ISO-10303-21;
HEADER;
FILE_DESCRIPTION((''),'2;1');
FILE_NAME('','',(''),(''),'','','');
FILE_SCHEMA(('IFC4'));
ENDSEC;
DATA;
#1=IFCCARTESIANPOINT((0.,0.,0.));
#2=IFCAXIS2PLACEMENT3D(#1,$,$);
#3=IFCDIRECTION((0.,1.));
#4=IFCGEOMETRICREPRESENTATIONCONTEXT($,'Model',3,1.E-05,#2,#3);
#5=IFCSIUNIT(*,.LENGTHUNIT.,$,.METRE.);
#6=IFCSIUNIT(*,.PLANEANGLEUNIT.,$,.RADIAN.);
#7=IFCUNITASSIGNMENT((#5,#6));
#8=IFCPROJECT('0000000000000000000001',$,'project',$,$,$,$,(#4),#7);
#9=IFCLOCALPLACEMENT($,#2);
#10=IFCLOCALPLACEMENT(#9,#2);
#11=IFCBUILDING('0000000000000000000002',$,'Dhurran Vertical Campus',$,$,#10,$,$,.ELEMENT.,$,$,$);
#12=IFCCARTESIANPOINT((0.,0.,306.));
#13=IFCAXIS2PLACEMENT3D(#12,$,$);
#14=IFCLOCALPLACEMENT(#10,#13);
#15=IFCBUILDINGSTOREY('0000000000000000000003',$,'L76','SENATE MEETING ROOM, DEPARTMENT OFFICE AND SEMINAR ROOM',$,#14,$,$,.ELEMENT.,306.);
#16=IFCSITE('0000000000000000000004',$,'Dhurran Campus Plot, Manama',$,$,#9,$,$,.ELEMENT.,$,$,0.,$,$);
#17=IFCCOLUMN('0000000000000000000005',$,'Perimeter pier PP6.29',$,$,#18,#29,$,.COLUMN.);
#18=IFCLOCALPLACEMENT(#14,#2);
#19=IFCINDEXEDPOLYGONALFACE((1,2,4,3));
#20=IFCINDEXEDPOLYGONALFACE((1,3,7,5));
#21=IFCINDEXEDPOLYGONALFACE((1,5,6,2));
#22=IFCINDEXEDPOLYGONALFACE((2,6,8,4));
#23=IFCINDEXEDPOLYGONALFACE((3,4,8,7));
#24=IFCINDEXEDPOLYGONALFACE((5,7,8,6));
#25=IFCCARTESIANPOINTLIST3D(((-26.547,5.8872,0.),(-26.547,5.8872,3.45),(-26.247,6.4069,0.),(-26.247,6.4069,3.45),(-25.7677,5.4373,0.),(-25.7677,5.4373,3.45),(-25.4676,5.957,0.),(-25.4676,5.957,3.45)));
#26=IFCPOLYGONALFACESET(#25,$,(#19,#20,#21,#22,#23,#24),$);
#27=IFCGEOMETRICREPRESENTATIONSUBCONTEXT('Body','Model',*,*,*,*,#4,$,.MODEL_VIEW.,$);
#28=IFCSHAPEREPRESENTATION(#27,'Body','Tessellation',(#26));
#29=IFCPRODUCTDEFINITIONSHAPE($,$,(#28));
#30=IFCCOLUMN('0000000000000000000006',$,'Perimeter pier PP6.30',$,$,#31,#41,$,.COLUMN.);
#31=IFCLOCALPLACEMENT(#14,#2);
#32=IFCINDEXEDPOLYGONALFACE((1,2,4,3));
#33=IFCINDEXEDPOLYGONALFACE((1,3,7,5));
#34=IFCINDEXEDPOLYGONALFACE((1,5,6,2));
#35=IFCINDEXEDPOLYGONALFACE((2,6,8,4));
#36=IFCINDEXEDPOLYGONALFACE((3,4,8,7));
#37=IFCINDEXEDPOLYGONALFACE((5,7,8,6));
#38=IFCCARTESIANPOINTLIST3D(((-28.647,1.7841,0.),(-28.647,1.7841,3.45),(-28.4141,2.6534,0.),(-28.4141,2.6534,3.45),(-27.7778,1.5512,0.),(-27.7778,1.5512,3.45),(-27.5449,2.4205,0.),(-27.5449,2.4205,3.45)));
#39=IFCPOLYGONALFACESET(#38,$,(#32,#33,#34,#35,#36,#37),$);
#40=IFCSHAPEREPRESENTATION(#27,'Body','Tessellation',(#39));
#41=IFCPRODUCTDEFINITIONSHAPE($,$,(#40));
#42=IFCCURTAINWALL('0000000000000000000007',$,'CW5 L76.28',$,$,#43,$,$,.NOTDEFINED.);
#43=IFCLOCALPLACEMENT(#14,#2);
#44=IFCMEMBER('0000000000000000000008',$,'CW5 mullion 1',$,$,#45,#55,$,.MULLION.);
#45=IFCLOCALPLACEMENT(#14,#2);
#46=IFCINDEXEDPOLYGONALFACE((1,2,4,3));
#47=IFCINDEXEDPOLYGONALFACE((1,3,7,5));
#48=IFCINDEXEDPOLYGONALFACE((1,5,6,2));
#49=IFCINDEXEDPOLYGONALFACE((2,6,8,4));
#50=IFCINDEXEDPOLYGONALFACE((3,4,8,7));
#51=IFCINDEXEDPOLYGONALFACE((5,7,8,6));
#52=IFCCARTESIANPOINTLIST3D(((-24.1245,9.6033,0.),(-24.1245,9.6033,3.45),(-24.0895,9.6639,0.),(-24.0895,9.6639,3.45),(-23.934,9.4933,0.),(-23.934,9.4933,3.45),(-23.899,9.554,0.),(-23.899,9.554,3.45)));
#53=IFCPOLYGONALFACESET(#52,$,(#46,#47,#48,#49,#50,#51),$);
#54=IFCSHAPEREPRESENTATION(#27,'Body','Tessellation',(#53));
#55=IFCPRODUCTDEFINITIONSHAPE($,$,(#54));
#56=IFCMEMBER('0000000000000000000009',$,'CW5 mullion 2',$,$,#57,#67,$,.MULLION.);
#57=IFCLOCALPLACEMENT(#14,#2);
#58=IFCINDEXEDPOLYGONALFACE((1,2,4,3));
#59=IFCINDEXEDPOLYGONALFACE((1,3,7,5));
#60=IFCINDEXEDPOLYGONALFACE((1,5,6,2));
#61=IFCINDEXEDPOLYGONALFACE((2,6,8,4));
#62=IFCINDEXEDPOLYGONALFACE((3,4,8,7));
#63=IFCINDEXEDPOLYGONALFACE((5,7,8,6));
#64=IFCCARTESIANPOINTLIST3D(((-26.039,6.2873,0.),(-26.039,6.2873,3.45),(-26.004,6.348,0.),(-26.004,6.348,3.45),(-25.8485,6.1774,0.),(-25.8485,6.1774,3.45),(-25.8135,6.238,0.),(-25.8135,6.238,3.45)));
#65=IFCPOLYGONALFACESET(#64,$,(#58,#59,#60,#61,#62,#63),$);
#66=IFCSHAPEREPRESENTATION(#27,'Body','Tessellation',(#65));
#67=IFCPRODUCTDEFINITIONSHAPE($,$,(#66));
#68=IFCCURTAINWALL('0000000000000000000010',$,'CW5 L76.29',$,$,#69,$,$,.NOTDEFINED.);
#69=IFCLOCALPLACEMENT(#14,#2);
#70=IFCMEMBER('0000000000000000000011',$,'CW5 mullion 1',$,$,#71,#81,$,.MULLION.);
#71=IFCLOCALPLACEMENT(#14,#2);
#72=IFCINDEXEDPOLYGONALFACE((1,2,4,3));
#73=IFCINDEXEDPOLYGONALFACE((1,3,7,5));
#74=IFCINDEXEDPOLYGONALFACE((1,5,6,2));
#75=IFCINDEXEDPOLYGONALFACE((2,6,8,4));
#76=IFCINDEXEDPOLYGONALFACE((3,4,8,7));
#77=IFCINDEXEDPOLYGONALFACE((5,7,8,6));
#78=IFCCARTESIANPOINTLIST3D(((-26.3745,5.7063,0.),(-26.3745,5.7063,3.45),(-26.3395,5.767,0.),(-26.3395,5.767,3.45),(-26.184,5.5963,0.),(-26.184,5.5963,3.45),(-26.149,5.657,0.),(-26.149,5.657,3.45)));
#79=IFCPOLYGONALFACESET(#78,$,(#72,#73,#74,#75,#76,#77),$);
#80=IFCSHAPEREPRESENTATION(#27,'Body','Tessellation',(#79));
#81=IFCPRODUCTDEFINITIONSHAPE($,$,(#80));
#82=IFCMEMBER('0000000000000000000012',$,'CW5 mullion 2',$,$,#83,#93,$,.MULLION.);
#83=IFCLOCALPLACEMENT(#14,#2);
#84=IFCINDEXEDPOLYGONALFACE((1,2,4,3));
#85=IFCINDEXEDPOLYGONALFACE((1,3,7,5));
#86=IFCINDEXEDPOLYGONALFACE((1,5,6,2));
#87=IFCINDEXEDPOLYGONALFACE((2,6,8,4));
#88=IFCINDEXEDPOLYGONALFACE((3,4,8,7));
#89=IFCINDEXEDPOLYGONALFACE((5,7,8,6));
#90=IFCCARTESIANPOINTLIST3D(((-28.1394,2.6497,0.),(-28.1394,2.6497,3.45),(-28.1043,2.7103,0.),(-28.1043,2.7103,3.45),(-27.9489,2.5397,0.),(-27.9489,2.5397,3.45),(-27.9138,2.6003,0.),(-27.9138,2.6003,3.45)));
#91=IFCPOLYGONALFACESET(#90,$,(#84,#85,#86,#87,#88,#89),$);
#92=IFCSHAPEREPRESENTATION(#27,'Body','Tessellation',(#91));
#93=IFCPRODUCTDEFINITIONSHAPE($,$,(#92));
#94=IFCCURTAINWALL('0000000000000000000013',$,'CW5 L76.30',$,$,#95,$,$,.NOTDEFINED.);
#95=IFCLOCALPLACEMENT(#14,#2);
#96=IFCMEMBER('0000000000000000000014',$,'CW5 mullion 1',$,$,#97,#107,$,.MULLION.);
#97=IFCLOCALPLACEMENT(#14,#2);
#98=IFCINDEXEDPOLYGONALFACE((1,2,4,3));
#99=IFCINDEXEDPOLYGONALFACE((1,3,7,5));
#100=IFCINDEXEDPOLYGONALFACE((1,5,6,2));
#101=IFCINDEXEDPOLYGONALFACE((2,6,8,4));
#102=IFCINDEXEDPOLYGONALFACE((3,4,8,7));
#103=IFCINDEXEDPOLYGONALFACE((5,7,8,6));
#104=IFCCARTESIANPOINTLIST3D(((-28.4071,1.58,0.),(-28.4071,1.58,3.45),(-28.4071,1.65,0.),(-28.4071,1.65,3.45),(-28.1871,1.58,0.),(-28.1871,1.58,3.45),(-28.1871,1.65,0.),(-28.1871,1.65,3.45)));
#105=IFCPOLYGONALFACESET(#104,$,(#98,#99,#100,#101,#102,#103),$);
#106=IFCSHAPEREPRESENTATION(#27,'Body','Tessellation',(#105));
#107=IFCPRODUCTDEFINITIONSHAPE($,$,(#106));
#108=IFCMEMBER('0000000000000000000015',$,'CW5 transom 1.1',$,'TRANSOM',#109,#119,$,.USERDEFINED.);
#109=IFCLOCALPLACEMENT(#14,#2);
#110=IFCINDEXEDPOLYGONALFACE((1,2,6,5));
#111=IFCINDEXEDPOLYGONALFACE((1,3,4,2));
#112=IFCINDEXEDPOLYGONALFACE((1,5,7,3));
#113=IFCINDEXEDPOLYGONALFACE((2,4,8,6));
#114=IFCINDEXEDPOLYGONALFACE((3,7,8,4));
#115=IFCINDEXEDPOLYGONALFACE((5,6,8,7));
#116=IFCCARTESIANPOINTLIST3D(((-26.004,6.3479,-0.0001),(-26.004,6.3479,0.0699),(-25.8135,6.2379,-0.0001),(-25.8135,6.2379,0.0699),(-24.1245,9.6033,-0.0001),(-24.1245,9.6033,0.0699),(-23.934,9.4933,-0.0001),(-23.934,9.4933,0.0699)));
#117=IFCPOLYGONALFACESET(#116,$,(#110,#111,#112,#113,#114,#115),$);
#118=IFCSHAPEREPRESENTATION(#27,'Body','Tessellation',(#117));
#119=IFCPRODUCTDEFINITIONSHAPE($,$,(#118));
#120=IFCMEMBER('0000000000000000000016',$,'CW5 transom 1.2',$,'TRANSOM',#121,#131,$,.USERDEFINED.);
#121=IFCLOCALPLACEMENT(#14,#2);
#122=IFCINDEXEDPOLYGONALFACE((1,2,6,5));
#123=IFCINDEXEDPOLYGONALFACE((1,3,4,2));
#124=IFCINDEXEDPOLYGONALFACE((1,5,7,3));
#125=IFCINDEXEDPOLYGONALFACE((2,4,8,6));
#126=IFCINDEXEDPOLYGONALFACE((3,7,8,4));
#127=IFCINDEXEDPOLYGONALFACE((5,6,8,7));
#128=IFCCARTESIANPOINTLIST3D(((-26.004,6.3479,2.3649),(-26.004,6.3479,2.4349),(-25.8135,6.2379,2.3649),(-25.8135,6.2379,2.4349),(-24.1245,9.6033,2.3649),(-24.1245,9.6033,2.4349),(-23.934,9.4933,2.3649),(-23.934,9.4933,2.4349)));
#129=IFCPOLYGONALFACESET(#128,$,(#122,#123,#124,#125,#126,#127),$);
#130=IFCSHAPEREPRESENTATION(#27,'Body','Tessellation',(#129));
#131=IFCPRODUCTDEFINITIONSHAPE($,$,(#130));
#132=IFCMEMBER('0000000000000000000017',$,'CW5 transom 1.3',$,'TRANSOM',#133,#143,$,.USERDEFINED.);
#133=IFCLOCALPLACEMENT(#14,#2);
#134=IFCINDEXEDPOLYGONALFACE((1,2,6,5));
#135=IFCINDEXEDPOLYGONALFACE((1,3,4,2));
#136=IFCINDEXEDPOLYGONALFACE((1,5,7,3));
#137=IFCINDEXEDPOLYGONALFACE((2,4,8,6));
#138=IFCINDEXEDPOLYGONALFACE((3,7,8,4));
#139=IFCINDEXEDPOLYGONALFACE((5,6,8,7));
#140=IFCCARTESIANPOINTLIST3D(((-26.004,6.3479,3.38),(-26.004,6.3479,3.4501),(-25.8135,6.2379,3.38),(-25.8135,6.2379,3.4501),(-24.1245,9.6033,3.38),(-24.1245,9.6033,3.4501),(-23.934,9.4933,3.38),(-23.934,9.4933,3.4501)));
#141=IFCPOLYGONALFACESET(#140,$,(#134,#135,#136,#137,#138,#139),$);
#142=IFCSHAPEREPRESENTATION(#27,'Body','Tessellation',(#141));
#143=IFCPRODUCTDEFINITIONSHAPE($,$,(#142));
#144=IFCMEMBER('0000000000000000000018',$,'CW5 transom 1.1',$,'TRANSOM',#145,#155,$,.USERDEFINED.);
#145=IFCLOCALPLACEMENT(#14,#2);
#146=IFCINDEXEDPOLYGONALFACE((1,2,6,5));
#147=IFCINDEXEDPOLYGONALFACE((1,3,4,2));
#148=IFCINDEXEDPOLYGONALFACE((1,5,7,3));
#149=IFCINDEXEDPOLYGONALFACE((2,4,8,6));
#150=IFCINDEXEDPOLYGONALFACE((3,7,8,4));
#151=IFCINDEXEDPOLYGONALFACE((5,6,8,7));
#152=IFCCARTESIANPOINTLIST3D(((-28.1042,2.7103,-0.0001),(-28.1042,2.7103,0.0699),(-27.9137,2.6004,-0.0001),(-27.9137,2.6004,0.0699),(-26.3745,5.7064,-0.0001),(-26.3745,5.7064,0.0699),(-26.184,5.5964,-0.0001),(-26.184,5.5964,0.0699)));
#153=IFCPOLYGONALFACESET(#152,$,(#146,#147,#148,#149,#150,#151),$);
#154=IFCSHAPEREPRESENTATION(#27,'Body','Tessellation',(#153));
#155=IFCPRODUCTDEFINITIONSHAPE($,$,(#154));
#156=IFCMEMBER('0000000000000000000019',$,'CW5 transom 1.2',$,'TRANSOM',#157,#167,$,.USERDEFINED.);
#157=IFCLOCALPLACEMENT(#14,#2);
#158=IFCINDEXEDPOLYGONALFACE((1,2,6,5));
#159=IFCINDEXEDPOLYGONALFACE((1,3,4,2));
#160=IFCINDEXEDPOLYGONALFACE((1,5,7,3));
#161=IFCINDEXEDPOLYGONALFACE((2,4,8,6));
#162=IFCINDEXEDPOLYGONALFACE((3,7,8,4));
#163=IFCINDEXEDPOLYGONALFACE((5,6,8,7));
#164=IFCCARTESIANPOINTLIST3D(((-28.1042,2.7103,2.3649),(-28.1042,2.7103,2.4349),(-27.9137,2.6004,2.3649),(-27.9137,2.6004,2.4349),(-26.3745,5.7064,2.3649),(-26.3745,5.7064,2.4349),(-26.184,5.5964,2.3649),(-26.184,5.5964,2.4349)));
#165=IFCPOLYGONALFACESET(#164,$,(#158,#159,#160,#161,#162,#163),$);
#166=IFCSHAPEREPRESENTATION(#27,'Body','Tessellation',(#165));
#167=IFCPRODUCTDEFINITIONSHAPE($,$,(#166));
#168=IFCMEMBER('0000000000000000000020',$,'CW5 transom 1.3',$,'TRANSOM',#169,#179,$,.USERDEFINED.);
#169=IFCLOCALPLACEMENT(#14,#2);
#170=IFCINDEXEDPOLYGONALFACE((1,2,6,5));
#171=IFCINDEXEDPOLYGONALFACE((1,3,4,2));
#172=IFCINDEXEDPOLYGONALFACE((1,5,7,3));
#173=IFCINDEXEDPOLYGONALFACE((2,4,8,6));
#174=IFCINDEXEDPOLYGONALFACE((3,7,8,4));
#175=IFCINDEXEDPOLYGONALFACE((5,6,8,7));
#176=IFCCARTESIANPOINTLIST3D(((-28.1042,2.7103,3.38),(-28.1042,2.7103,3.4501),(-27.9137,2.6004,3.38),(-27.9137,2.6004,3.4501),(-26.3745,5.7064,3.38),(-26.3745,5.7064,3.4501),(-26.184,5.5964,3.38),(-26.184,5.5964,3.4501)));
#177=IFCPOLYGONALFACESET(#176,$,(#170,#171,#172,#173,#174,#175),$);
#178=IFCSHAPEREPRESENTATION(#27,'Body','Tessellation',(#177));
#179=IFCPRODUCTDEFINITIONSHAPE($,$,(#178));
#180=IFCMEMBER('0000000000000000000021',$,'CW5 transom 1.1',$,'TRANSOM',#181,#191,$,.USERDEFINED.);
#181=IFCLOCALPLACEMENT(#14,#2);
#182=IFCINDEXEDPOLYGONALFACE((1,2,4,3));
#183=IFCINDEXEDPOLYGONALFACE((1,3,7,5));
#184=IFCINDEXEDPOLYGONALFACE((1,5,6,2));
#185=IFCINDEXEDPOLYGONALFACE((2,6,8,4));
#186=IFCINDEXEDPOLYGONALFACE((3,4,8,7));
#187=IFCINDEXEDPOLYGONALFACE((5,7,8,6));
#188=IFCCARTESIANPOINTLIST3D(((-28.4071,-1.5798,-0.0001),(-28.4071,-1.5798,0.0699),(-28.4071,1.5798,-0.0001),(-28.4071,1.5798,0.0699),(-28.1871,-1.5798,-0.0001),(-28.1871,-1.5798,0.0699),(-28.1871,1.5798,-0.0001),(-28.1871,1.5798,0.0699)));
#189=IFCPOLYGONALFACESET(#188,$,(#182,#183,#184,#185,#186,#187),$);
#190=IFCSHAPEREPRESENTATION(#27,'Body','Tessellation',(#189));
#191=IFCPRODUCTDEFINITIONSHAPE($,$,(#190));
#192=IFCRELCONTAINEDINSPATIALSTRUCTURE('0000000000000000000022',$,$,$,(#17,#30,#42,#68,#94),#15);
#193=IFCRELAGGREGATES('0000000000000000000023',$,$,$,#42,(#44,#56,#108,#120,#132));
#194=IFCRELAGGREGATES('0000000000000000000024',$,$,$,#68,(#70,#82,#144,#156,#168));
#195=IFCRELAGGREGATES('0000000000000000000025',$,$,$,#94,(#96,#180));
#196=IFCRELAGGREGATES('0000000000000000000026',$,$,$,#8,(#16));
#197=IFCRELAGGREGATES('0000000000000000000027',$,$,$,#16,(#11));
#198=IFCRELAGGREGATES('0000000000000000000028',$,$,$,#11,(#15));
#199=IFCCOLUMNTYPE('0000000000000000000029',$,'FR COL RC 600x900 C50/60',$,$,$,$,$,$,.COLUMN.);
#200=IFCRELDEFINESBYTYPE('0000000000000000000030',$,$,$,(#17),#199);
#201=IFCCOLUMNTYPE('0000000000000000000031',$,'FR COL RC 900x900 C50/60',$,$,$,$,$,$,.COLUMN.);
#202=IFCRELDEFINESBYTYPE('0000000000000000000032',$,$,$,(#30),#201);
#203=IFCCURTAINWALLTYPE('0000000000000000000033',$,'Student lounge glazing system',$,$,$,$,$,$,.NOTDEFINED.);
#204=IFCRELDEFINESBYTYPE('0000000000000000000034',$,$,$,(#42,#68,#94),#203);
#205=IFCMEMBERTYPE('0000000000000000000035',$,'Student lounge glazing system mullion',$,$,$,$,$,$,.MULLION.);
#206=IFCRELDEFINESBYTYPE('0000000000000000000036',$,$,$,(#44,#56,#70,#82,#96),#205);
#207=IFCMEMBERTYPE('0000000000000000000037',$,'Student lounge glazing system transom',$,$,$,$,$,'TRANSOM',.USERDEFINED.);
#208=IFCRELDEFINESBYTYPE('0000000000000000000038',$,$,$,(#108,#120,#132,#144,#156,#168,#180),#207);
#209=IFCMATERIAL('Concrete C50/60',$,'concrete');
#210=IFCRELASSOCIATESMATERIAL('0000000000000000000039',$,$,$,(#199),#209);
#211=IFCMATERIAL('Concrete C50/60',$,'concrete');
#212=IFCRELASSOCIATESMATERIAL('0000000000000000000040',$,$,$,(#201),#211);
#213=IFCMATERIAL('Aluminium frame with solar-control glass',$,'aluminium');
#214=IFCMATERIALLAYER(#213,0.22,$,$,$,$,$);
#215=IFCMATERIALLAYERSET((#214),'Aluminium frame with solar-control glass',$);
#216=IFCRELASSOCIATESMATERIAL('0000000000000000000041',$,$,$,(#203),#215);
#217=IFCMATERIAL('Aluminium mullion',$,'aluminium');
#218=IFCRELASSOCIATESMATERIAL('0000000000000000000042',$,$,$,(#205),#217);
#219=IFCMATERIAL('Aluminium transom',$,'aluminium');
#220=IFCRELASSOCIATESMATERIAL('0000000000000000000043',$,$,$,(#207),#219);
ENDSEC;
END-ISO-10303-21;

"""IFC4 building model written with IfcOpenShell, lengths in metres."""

from ifc_helpers import new_model, si_unit, direction, frame, origin, origin_2d, place, context, subcontext, project, spatial, rectangle, extrude, material, layer, layer_set, material_profile, profile_set, type_object, element, aggregate, save


model = new_model("IFC4")

# Units and contexts
model_context = context("Model", 3, precision=1e-05, world=origin(), true_north=direction((0.0, 1.0)))
body_context = subcontext(model_context, "Body", "Model", "MODEL_VIEW")
ifc_project = project(units=[si_unit("LENGTHUNIT", "METRE"), si_unit("PLANEANGLEUNIT", "RADIAN")], contexts=[model_context])

# Site, building, storey
site_placement = place(None, origin())
site = spatial("IfcSite", under=ifc_project, at=site_placement, Name="Dhurran Campus Plot, Manama", CompositionType="ELEMENT", RefElevation=0.0)
building_placement = place(site_placement, origin())
building = spatial("IfcBuilding", under=site, at=building_placement, Name="Dhurran Vertical Campus", CompositionType="ELEMENT")
storey_placement = place(building_placement, frame((0.0, 0.0, 306.0)))
storey = spatial("IfcBuildingStorey", under=building, at=storey_placement, Name="L76", Description="SENATE MEETING ROOM, DEPARTMENT OFFICE AND SEMINAR ROOM", CompositionType="ELEMENT", Elevation=306.0)

# Columns
ifc_material_1 = material(Name="Concrete C50/60", Category="concrete")
ifc_material_profile_1 = material_profile(ifc_material_1, rectangle(XDim=0.6001, YDim=0.8999, at=origin_2d()), Name="RC 600x900")
ifc_profile_set_1 = profile_set([ifc_material_profile_1], Name="Concrete C50/60")
column_type_1 = type_object("IfcColumnType", Name="FR COL RC 600x900 C50/60", PredefinedType="COLUMN", material=ifc_profile_set_1)
column_1_placement = place(storey_placement, frame((-26.0073, 5.9221, 0.0), z_axis=(0.0, 0.0, 1.0), x_axis=(-0.5, -0.866025, 0.0)))
element("IfcColumn", 1, at=column_1_placement, inside=storey, type_object=column_type_1, Name="Perimeter pier PP6.29", PredefinedType="COLUMN", context=body_context, shape_type="SweptSolid", body=[
    extrude(rectangle(XDim=0.6001, YDim=0.8999, at=origin_2d()), origin(), (0.0, 0.0, 1.0), 3.45),
])
ifc_material_2 = material(Name="Concrete C50/60", Category="concrete")
ifc_material_profile_2 = material_profile(ifc_material_2, rectangle(XDim=0.8999, YDim=0.8999, at=origin_2d()), Name="RC 900x900")
ifc_profile_set_2 = profile_set([ifc_material_profile_2], Name="Concrete C50/60")
column_type_2 = type_object("IfcColumnType", Name="FR COL RC 900x900 C50/60", PredefinedType="COLUMN", material=ifc_profile_set_2)
column_2_placement = place(storey_placement, frame((-28.0959, 2.1023, 0.0), z_axis=(0.0, 0.0, 1.0), x_axis=(-0.258819, -0.965926, 0.0)))
element("IfcColumn", 2, at=column_2_placement, inside=storey, type_object=column_type_2, Name="Perimeter pier PP6.30", PredefinedType="COLUMN", context=body_context, shape_type="SweptSolid", body=[
    extrude(rectangle(XDim=0.8999, YDim=0.8999, at=origin_2d()), origin(), (0.0, 0.0, 1.0), 3.45),
])

# Curtain walls, members
ifc_material_3 = material(Name="Aluminium frame with solar-control glass", Category="aluminium")
ifc_layer_1 = layer(ifc_material_3, 0.22)
ifc_layer_set_1 = layer_set([ifc_layer_1], Name="Aluminium frame with solar-control glass")
curtain_wall_type = type_object("IfcCurtainWallType", Name="Student lounge glazing system", PredefinedType="NOTDEFINED", material=ifc_layer_set_1)
curtain_wall_1_placement = place(storey_placement, origin())
curtain_wall_1 = element("IfcCurtainWall", 3, at=curtain_wall_1_placement, inside=storey, type_object=curtain_wall_type, Name="CW5 L76.28", PredefinedType="NOTDEFINED")
ifc_material_4 = material(Name="Aluminium mullion", Category="aluminium")
ifc_material_profile_3 = material_profile(ifc_material_4, rectangle(XDim=0.22, YDim=0.0701, at=origin_2d()), Name="Student lounge glazing system mullion")
ifc_profile_set_3 = profile_set([ifc_material_profile_3], Name="Aluminium mullion")
member_type_1 = type_object("IfcMemberType", Name="Student lounge glazing system mullion", PredefinedType="MULLION", material=ifc_profile_set_3)
member_1_placement = place(storey_placement, frame((-24.0117, 9.5786, 0.0), z_axis=(0.0, 0.0, 1.0), x_axis=(0.866023, -0.500004, 0.0)))
member_1 = element("IfcMember", 4, at=member_1_placement, type_object=member_type_1, Name="CW5 mullion 1", PredefinedType="MULLION", context=body_context, shape_type="SweptSolid", body=[
    extrude(rectangle(XDim=0.22, YDim=0.0701, at=origin_2d()), origin(), (0.0, 0.0, 1.0), 3.45),
])
member_2_placement = place(storey_placement, frame((-25.9263, 6.2627, 0.0), z_axis=(0.0, 0.0, 1.0), x_axis=(0.866023, -0.500004, 0.0)))
member_2 = element("IfcMember", 5, at=member_2_placement, type_object=member_type_1, Name="CW5 mullion 2", PredefinedType="MULLION", context=body_context, shape_type="SweptSolid", body=[
    extrude(rectangle(XDim=0.22, YDim=0.0701, at=origin_2d()), origin(), (0.0, 0.0, 1.0), 3.45),
])
curtain_wall_2_placement = place(storey_placement, origin())
curtain_wall_2 = element("IfcCurtainWall", 6, at=curtain_wall_2_placement, inside=storey, type_object=curtain_wall_type, Name="CW5 L76.29", PredefinedType="NOTDEFINED")
member_3_placement = place(storey_placement, frame((-26.2617, 5.6816, 0.0), z_axis=(0.0, 0.0, 1.0), x_axis=(0.866027, -0.499997, 0.0)))
member_3 = element("IfcMember", 7, at=member_3_placement, type_object=member_type_1, Name="CW5 mullion 1", PredefinedType="MULLION", context=body_context, shape_type="SweptSolid", body=[
    extrude(rectangle(XDim=0.22, YDim=0.0701, at=origin_2d()), origin(), (0.0, 0.0, 1.0), 3.45),
])
member_4_placement = place(storey_placement, frame((-28.0266, 2.625, 0.0), z_axis=(0.0, 0.0, 1.0), x_axis=(0.866027, -0.499997, 0.0)))
member_4 = element("IfcMember", 8, at=member_4_placement, type_object=member_type_1, Name="CW5 mullion 2", PredefinedType="MULLION", context=body_context, shape_type="SweptSolid", body=[
    extrude(rectangle(XDim=0.22, YDim=0.0701, at=origin_2d()), origin(), (0.0, 0.0, 1.0), 3.45),
])

# Curtain wall, member
curtain_wall_3_placement = place(storey_placement, origin())
curtain_wall_3 = element("IfcCurtainWall", 9, at=curtain_wall_3_placement, inside=storey, type_object=curtain_wall_type, Name="CW5 L76.30", PredefinedType="NOTDEFINED")
member_5_placement = place(storey_placement, frame((-28.2971, 1.615, 0.0), z_axis=(0.0, 0.0, 1.0), x_axis=(1.0, 0.0, 0.0)))
member_5 = element("IfcMember", 10, at=member_5_placement, type_object=member_type_1, Name="CW5 mullion 1", PredefinedType="MULLION", context=body_context, shape_type="SweptSolid", body=[
    extrude(rectangle(XDim=0.22, YDim=0.0701, at=origin_2d()), origin(), (0.0, 0.0, 1.0), 3.45),
])

# Members
ifc_material_5 = material(Name="Aluminium transom", Category="aluminium")
ifc_material_profile_4 = material_profile(ifc_material_5, rectangle(XDim=0.22, YDim=0.0701, at=origin_2d()), Name="Student lounge glazing system transom")
ifc_profile_set_4 = profile_set([ifc_material_profile_4], Name="Aluminium transom")
member_type_2 = type_object("IfcMemberType", Name="Student lounge glazing system transom", ElementType="TRANSOM", PredefinedType="USERDEFINED", material=ifc_profile_set_4)
member_6_placement = place(storey_placement, frame((-24.0293, 9.5483, 0.0349), z_axis=(-0.499981, -0.866036, 0.0), x_axis=(0.866036, -0.499981, 0.0)))
member_6 = element("IfcMember", 11, at=member_6_placement, type_object=member_type_2, Name="CW5 transom 1.1", ObjectType="TRANSOM", PredefinedType="USERDEFINED", context=body_context, shape_type="SweptSolid", body=[
    extrude(rectangle(XDim=0.22, YDim=0.0701, at=origin_2d()), origin(), (0.0, 0.0, 1.0), 3.759),
])
member_7_placement = place(storey_placement, frame((-24.0293, 9.5483, 2.3999), z_axis=(-0.499981, -0.866036, 0.0), x_axis=(0.866036, -0.499981, 0.0)))
member_7 = element("IfcMember", 12, at=member_7_placement, type_object=member_type_2, Name="CW5 transom 1.2", ObjectType="TRANSOM", PredefinedType="USERDEFINED", context=body_context, shape_type="SweptSolid", body=[
    extrude(rectangle(XDim=0.22, YDim=0.0701, at=origin_2d()), origin(), (0.0, 0.0, 1.0), 3.759),
])
member_8_placement = place(storey_placement, frame((-24.0293, 9.5483, 3.415), z_axis=(-0.499981, -0.866036, 0.0), x_axis=(0.866036, -0.499981, 0.0)))
member_8 = element("IfcMember", 13, at=member_8_placement, type_object=member_type_2, Name="CW5 transom 1.3", ObjectType="TRANSOM", PredefinedType="USERDEFINED", context=body_context, shape_type="SweptSolid", body=[
    extrude(rectangle(XDim=0.22, YDim=0.0701, at=origin_2d()), origin(), (0.0, 0.0, 1.0), 3.759),
])
member_9_placement = place(storey_placement, frame((-26.2793, 5.6514, 0.0349), z_axis=(-0.499987, -0.866033, 0.0), x_axis=(0.866033, -0.499987, 0.0)))
member_9 = element("IfcMember", 14, at=member_9_placement, type_object=member_type_2, Name="CW5 transom 1.1", ObjectType="TRANSOM", PredefinedType="USERDEFINED", context=body_context, shape_type="SweptSolid", body=[
    extrude(rectangle(XDim=0.22, YDim=0.0701, at=origin_2d()), origin(), (0.0, 0.0, 1.0), 3.4595),
])
member_10_placement = place(storey_placement, frame((-26.2793, 5.6514, 2.3999), z_axis=(-0.499987, -0.866033, 0.0), x_axis=(0.866033, -0.499987, 0.0)))
member_10 = element("IfcMember", 15, at=member_10_placement, type_object=member_type_2, Name="CW5 transom 1.2", ObjectType="TRANSOM", PredefinedType="USERDEFINED", context=body_context, shape_type="SweptSolid", body=[
    extrude(rectangle(XDim=0.22, YDim=0.0701, at=origin_2d()), origin(), (0.0, 0.0, 1.0), 3.4595),
])
member_11_placement = place(storey_placement, frame((-26.2793, 5.6514, 3.415), z_axis=(-0.499987, -0.866033, 0.0), x_axis=(0.866033, -0.499987, 0.0)))
member_11 = element("IfcMember", 16, at=member_11_placement, type_object=member_type_2, Name="CW5 transom 1.3", ObjectType="TRANSOM", PredefinedType="USERDEFINED", context=body_context, shape_type="SweptSolid", body=[
    extrude(rectangle(XDim=0.22, YDim=0.0701, at=origin_2d()), origin(), (0.0, 0.0, 1.0), 3.4595),
])
member_12_placement = place(storey_placement, frame((-28.2971, 1.5798, 0.0349), z_axis=(0.0, -1.0, 0.0), x_axis=(1.0, 0.0, 0.0)))
member_12 = element("IfcMember", 17, at=member_12_placement, type_object=member_type_2, Name="CW5 transom 1.1", ObjectType="TRANSOM", PredefinedType="USERDEFINED", context=body_context, shape_type="SweptSolid", body=[
    extrude(rectangle(XDim=0.22, YDim=0.0701, at=origin_2d()), origin(), (0.0, 0.0, 1.0), 3.1597),
])

aggregate(curtain_wall_1, [member_1, member_2, member_6, member_7, member_8])
aggregate(curtain_wall_2, [member_3, member_4, member_9, member_10, member_11])
aggregate(curtain_wall_3, [member_5, member_12])

save(model, "model.ifc")
